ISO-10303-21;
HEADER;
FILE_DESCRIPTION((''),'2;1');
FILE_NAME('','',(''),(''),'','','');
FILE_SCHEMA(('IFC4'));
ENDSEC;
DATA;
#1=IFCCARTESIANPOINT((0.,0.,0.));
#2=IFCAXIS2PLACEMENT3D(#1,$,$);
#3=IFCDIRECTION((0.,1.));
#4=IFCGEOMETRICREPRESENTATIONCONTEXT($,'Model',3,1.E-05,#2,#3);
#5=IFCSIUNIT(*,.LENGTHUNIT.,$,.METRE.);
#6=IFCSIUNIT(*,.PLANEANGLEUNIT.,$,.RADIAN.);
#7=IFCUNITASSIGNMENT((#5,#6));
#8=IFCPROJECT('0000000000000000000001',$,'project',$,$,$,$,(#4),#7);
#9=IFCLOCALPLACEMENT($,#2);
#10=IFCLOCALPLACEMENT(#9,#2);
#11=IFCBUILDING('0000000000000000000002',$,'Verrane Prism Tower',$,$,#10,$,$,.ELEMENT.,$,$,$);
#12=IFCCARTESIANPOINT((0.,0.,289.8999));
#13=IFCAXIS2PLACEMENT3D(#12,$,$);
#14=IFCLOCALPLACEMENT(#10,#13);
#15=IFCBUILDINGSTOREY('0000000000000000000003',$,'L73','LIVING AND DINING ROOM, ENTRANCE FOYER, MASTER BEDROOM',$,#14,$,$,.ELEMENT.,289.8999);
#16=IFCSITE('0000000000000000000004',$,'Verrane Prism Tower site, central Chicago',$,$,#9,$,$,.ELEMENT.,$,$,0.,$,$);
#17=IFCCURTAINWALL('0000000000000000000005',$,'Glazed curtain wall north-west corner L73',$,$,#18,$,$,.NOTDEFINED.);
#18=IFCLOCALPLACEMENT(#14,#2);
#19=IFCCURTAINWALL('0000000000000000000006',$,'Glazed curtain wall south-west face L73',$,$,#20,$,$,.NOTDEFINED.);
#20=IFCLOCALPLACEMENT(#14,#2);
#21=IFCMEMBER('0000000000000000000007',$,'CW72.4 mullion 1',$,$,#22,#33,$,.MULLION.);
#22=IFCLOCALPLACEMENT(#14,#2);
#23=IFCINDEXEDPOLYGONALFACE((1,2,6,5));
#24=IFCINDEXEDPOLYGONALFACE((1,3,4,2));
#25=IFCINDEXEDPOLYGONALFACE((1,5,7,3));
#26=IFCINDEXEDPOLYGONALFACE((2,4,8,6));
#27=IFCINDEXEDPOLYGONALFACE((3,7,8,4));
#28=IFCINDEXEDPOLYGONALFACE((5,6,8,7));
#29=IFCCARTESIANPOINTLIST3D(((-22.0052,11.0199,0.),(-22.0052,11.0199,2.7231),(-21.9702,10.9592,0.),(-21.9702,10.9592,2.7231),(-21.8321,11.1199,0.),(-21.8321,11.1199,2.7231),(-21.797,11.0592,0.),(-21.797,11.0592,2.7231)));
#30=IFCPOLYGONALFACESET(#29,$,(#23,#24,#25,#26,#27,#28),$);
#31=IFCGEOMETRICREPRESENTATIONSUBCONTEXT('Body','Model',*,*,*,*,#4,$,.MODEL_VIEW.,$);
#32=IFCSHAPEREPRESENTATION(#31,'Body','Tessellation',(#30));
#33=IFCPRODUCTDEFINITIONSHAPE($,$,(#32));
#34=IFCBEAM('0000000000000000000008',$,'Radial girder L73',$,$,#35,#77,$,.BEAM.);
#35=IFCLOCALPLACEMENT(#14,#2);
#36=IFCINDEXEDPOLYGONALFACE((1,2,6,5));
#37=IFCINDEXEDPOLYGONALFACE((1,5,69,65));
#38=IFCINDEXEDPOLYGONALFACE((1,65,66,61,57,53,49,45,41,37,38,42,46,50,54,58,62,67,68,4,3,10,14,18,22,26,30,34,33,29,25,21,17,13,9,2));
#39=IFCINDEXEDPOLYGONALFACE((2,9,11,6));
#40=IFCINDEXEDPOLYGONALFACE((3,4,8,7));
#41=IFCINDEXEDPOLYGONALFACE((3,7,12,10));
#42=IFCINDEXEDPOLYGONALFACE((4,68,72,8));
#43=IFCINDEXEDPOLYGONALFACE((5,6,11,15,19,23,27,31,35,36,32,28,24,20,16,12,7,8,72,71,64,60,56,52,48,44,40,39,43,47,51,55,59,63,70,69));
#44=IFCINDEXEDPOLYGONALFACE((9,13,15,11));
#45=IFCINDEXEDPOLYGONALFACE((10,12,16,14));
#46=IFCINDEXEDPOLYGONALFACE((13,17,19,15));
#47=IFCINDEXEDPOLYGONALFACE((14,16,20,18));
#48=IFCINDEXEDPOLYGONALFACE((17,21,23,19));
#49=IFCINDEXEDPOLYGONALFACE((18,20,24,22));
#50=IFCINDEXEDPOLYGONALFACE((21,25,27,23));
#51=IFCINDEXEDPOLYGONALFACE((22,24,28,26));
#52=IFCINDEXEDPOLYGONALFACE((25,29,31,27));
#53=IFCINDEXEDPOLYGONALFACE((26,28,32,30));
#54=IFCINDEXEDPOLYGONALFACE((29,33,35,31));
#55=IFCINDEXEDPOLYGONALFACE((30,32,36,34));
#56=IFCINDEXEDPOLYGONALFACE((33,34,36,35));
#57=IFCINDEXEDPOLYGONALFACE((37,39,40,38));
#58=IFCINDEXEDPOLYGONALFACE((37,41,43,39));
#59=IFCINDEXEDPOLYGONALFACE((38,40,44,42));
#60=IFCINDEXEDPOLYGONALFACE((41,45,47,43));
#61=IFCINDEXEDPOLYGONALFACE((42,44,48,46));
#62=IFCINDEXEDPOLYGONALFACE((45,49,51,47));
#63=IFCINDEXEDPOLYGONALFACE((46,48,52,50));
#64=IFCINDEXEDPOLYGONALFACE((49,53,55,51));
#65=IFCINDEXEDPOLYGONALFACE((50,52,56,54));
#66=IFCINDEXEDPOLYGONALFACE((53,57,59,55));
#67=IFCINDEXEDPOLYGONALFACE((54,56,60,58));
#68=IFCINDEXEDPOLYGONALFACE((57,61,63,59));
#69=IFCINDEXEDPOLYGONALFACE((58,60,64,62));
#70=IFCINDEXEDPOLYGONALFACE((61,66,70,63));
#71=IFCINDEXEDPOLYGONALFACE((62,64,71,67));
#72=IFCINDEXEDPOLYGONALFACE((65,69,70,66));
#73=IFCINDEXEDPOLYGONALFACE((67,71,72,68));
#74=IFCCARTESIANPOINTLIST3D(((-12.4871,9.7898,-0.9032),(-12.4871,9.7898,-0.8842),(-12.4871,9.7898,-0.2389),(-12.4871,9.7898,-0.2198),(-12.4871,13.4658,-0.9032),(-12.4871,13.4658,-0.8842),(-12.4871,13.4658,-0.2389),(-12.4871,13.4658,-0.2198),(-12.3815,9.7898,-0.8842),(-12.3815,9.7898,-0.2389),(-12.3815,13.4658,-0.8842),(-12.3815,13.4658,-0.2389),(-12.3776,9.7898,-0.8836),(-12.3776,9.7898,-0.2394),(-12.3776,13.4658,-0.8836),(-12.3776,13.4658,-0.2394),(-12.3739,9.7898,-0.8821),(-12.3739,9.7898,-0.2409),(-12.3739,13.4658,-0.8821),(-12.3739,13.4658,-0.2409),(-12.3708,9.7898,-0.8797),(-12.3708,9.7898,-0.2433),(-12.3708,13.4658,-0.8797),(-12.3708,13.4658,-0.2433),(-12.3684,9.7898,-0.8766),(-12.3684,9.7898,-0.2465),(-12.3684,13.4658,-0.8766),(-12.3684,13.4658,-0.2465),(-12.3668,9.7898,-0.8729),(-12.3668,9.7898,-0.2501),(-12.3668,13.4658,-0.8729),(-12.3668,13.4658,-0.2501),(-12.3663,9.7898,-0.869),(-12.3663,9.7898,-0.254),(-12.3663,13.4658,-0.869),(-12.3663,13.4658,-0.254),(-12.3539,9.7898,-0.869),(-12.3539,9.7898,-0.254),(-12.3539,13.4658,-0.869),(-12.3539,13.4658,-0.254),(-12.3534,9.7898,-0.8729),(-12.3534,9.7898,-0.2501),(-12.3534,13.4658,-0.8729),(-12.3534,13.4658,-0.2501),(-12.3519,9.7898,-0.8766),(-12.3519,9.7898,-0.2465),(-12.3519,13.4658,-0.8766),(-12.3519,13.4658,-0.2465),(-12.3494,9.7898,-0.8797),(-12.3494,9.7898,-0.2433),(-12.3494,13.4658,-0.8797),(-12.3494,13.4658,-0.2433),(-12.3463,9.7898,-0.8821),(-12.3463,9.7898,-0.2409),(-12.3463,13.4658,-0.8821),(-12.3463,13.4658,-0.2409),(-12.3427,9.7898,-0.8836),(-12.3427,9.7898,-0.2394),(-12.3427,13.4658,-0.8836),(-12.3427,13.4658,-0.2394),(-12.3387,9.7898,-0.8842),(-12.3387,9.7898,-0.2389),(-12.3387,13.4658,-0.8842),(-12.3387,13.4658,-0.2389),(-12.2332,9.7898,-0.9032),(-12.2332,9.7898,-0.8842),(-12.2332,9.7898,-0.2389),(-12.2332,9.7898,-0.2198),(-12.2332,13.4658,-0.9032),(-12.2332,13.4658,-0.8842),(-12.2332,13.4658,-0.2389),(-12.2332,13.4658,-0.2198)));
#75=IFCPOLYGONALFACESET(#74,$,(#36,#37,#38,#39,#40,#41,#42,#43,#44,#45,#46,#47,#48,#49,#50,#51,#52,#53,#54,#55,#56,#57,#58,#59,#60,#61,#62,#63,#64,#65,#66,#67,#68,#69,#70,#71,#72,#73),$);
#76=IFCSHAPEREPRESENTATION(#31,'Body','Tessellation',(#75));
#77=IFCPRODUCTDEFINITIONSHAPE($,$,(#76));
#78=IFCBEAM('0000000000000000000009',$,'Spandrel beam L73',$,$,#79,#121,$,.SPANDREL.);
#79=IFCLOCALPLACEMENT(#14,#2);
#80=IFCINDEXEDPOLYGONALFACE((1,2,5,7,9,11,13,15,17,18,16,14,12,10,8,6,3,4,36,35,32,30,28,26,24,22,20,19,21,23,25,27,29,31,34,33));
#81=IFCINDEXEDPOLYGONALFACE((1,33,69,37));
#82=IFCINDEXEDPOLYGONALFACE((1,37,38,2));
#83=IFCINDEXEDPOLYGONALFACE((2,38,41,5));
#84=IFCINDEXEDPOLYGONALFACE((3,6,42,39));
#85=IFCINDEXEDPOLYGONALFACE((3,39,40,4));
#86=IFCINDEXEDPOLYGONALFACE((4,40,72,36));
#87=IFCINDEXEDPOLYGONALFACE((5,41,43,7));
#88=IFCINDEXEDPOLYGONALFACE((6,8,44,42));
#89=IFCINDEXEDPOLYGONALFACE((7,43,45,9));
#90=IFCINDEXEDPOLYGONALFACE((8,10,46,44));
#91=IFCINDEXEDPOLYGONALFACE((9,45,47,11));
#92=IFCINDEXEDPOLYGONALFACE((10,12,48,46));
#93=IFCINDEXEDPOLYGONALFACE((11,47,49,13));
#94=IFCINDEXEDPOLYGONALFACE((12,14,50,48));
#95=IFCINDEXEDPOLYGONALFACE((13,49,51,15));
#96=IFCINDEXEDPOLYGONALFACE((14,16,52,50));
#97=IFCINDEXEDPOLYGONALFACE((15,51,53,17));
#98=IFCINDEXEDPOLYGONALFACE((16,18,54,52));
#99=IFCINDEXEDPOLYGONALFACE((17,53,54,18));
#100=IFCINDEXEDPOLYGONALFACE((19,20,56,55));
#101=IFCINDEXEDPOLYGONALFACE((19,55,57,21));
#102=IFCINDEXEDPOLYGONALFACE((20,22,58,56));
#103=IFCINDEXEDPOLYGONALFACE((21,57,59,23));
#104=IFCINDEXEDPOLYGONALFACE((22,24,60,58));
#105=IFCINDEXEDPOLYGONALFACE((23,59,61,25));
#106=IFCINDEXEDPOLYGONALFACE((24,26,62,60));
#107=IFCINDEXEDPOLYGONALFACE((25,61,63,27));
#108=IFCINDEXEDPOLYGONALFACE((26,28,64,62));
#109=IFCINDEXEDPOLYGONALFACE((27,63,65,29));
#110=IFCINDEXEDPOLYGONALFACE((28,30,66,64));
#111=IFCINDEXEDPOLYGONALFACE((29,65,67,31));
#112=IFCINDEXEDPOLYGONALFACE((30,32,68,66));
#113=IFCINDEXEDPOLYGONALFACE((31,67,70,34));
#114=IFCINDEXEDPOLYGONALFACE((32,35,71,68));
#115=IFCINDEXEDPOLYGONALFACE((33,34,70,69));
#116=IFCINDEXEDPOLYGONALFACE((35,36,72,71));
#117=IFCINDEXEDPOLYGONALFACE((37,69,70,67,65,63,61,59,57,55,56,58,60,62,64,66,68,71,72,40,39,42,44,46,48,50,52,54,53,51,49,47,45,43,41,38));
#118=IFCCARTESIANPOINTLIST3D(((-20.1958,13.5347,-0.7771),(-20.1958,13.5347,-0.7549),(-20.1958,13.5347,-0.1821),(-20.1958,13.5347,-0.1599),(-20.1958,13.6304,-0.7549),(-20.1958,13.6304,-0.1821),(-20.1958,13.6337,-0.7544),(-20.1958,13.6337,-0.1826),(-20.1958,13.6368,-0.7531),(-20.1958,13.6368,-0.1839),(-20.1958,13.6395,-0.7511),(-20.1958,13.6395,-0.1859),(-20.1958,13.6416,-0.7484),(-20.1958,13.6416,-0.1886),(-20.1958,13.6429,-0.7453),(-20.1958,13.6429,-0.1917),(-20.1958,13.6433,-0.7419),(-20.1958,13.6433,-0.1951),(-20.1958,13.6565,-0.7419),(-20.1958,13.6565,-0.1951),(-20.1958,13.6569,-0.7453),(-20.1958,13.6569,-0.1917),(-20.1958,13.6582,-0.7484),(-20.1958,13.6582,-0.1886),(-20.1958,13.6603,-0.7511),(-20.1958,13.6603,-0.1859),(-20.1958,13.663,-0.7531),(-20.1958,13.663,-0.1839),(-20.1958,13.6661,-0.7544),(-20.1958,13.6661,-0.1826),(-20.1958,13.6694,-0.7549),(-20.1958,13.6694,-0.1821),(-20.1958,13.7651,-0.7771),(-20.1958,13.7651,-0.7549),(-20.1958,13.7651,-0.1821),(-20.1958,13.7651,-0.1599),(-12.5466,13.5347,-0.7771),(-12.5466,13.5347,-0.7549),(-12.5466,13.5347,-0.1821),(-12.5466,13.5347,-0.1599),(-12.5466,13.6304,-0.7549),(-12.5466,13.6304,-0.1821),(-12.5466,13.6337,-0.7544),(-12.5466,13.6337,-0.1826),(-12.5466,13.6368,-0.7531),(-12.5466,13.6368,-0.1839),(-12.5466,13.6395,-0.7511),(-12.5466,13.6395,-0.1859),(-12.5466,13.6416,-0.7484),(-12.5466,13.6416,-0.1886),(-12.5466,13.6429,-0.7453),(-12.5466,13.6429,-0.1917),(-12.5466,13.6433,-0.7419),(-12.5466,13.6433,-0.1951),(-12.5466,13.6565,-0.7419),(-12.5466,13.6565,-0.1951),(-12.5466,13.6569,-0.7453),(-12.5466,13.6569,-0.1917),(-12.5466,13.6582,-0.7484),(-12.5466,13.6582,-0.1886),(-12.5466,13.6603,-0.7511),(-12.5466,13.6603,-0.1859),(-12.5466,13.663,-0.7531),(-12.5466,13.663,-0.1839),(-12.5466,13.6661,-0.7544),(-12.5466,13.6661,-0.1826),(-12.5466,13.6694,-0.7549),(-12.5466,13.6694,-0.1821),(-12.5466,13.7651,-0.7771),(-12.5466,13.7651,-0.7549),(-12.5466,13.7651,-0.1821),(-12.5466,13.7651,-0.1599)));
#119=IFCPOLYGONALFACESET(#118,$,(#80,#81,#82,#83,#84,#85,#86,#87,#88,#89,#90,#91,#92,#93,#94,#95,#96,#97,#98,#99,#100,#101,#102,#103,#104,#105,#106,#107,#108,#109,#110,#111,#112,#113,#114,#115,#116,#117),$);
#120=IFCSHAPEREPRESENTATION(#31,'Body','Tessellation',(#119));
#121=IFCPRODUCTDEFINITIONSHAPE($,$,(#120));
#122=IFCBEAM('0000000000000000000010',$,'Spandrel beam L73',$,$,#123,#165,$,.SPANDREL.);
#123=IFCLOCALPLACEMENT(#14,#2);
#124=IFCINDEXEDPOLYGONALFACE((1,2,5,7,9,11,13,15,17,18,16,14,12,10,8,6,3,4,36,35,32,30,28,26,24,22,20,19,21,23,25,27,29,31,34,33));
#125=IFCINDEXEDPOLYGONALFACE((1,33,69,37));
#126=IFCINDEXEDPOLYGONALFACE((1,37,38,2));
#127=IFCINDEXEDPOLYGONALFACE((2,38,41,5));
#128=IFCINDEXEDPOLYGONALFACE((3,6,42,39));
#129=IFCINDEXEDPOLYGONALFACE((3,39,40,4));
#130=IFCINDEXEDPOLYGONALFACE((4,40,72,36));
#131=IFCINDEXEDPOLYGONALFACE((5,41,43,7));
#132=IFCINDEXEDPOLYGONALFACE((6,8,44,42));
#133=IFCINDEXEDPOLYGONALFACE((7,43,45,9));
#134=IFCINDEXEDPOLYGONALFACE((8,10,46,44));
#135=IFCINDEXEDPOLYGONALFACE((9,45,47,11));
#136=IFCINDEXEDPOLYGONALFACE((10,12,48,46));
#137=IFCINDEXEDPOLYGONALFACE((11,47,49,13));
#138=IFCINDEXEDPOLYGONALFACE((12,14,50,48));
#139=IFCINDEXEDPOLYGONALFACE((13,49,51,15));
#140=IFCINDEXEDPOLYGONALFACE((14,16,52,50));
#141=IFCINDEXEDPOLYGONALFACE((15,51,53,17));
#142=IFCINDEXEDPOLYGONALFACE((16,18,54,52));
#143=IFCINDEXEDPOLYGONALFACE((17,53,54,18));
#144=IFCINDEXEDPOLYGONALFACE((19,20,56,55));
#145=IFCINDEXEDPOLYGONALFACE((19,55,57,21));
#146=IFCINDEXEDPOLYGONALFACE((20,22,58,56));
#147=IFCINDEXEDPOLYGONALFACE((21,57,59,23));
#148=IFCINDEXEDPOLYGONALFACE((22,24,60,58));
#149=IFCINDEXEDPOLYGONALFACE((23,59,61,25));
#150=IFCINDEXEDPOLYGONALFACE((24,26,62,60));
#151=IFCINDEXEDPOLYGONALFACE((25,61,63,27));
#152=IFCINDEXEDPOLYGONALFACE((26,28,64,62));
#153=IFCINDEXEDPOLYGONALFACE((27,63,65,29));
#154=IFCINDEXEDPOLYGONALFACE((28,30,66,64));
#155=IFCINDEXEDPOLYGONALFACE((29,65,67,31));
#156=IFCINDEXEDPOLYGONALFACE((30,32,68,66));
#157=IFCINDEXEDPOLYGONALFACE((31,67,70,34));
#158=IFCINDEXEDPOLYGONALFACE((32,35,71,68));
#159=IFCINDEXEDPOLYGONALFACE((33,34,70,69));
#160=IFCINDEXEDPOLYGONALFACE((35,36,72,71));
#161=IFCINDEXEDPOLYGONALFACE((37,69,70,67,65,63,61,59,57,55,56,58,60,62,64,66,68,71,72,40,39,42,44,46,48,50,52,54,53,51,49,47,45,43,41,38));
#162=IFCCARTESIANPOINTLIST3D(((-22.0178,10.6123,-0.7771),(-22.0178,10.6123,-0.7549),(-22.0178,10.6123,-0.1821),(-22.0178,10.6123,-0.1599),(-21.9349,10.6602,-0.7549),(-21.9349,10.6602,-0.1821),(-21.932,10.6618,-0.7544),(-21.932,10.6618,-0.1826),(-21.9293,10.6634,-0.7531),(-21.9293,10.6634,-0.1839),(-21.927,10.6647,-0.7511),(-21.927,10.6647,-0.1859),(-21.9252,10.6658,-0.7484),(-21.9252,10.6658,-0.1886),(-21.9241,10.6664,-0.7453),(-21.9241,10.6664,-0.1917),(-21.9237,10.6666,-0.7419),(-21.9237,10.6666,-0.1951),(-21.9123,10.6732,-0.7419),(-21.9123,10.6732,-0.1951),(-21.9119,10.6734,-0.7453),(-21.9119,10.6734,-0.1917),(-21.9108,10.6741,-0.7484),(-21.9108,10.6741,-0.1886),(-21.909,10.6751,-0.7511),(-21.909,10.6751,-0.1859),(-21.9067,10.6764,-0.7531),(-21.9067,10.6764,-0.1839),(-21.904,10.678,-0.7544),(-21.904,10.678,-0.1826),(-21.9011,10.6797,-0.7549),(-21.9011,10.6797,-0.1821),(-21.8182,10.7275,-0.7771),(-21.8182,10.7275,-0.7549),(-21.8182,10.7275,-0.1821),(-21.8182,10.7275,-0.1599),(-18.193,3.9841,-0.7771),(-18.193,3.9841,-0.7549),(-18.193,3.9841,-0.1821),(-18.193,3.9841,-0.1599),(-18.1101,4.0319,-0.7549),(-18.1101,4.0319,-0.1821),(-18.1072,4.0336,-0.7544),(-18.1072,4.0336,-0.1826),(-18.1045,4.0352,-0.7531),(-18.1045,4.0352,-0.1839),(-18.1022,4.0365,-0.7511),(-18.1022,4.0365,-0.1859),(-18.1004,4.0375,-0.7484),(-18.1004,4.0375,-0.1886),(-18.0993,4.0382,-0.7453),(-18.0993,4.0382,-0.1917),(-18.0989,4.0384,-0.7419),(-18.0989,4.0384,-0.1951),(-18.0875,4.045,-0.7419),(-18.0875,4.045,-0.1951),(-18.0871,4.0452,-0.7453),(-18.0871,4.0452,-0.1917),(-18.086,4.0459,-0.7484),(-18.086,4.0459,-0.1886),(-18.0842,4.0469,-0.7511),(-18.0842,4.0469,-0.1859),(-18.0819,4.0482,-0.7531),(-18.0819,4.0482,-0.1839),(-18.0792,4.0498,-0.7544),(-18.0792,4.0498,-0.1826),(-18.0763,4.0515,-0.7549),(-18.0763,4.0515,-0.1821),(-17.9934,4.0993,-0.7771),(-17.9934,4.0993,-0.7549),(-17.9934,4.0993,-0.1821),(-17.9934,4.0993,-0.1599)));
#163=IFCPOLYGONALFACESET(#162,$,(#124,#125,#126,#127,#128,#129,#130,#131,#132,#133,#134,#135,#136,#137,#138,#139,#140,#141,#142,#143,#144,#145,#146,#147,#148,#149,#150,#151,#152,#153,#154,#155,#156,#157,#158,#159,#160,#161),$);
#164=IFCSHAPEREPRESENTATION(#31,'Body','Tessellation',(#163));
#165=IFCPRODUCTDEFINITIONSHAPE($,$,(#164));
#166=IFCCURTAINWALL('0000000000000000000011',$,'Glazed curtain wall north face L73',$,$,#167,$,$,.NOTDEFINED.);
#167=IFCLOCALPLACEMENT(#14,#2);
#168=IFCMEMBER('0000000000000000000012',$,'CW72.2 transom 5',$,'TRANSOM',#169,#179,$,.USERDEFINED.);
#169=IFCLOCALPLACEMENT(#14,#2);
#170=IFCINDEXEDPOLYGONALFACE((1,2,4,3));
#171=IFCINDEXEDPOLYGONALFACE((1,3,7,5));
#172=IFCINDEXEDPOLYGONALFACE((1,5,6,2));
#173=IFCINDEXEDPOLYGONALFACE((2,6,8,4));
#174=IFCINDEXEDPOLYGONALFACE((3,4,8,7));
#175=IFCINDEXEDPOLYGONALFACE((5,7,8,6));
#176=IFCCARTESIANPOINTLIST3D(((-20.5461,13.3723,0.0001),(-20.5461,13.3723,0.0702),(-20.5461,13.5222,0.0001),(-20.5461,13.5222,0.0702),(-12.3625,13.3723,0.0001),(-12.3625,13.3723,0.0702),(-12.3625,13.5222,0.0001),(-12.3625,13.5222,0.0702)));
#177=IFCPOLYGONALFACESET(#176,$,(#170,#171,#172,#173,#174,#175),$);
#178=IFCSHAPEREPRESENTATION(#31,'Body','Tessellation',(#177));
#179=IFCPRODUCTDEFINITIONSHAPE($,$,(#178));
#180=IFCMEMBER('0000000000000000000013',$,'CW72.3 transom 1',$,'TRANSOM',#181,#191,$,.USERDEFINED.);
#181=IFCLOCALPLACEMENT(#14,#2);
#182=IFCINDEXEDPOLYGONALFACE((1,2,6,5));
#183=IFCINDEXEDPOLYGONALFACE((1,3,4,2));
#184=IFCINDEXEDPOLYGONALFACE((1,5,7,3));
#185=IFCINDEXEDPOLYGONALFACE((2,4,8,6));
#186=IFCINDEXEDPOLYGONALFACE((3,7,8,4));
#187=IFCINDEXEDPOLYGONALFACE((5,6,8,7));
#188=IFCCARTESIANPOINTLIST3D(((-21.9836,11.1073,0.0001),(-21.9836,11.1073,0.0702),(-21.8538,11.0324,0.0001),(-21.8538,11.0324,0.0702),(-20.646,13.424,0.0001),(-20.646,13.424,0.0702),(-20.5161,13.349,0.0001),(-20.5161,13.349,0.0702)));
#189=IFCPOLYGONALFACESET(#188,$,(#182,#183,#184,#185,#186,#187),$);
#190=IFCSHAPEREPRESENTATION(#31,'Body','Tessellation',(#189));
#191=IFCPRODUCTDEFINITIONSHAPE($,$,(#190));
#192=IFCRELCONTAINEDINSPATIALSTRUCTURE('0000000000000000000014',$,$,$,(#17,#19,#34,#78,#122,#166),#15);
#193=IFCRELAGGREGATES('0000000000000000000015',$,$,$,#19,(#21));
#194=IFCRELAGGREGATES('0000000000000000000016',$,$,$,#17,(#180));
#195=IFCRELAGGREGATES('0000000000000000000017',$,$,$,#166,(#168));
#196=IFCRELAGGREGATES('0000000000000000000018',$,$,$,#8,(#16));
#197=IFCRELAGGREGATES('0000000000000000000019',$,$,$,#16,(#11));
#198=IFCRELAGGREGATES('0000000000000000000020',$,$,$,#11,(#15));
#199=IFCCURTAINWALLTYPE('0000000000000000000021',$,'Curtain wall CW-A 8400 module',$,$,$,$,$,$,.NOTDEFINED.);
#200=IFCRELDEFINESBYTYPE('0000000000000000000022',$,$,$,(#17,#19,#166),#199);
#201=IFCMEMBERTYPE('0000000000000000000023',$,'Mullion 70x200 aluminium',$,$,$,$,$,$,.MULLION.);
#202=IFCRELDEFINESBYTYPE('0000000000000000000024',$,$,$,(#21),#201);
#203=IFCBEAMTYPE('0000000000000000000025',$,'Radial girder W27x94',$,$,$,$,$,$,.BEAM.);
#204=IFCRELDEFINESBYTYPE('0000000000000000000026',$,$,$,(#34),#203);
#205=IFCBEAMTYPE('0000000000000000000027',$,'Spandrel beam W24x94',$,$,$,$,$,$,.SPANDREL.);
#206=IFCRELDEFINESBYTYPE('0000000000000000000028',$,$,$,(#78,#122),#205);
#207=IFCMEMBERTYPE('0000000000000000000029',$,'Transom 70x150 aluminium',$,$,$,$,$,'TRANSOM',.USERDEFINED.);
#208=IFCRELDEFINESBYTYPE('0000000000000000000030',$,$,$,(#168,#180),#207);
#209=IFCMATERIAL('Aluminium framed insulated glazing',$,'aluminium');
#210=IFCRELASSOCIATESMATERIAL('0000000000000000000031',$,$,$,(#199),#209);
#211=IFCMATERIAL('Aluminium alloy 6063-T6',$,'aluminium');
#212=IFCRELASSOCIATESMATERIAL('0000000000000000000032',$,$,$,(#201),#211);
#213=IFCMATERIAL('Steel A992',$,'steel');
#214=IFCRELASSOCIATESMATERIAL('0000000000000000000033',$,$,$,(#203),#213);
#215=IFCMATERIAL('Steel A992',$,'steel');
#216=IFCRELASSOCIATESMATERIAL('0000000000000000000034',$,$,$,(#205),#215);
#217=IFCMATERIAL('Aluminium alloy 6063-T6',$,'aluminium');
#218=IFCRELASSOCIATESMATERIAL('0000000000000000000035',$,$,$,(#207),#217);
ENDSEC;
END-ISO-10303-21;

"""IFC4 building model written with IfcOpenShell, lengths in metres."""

from ifc_helpers import new_model, si_unit, direction, frame, origin, origin_2d, place, context, subcontext, project, spatial, rectangle, i_section, extrude, material, material_profile, profile_set, type_object, element, aggregate, save


model = new_model("IFC4")

# Units and contexts
model_context = context("Model", 3, precision=1e-05, world=origin(), true_north=direction((0.0, 1.0)))
body_context = subcontext(model_context, "Body", "Model", "MODEL_VIEW")
ifc_project = project(units=[si_unit("LENGTHUNIT", "METRE"), si_unit("PLANEANGLEUNIT", "RADIAN")], contexts=[model_context])

# Site, building, storey
site_placement = place(None, origin())
site = spatial("IfcSite", under=ifc_project, at=site_placement, Name="Verrane Prism Tower site, central Chicago", CompositionType="ELEMENT", RefElevation=0.0)
building_placement = place(site_placement, origin())
building = spatial("IfcBuilding", under=site, at=building_placement, Name="Verrane Prism Tower", CompositionType="ELEMENT")
storey_placement = place(building_placement, frame((0.0, 0.0, 289.8999)))
storey = spatial("IfcBuildingStorey", under=building, at=storey_placement, Name="L73", Description="LIVING AND DINING ROOM, ENTRANCE FOYER, MASTER BEDROOM", CompositionType="ELEMENT", Elevation=289.8999)

# Curtain walls, member
ifc_material_1 = material(Name="Aluminium framed insulated glazing", Category="aluminium")
curtain_wall_type = type_object("IfcCurtainWallType", Name="Curtain wall CW-A 8400 module", PredefinedType="NOTDEFINED", material=ifc_material_1)
curtain_wall_1_placement = place(storey_placement, origin())
curtain_wall_1 = element("IfcCurtainWall", 1, at=curtain_wall_1_placement, inside=storey, type_object=curtain_wall_type, Name="Glazed curtain wall north-west corner L73", PredefinedType="NOTDEFINED")
ifc_material_2 = material(Name="Aluminium alloy 6063-T6", Category="aluminium")
ifc_material_profile_1 = material_profile(ifc_material_2, rectangle(XDim=0.2, YDim=0.0701, at=origin_2d()), Name="Mullion 70x200 aluminium")
ifc_profile_set_1 = profile_set([ifc_material_profile_1], Name="Aluminium alloy 6063-T6")
member_type_1 = type_object("IfcMemberType", Name="Mullion 70x200 aluminium", PredefinedType="MULLION", material=ifc_profile_set_1)
curtain_wall_2_placement = place(storey_placement, origin())
curtain_wall_2 = element("IfcCurtainWall", 2, at=curtain_wall_2_placement, inside=storey, type_object=curtain_wall_type, Name="Glazed curtain wall south-west face L73", PredefinedType="NOTDEFINED")
member_1_placement = place(storey_placement, frame((-21.9011, 11.0396, 0.0), z_axis=(0.0, 0.0, 1.0), x_axis=(0.866025, 0.500001, 0.0)))
member_1 = element("IfcMember", 3, at=member_1_placement, type_object=member_type_1, Name="CW72.4 mullion 1", PredefinedType="MULLION", context=body_context, shape_type="SweptSolid", body=[
    extrude(rectangle(XDim=0.2, YDim=0.0701, at=origin_2d()), origin(), (0.0, 0.0, 1.0), 2.7231),
])

# Beams
ifc_material_3 = material(Name="Steel A992", Category="steel")
ifc_material_profile_2 = material_profile(ifc_material_3, i_section(OverallWidth=0.2539, OverallDepth=0.6833, WebThickness=0.0125, FlangeThickness=0.019, FilletRadius=0.0151, at=origin_2d()), Name="W27x94")
ifc_profile_set_2 = profile_set([ifc_material_profile_2], Name="Steel A992")
beam_type_1 = type_object("IfcBeamType", Name="Radial girder W27x94", PredefinedType="BEAM", material=ifc_profile_set_2)
beam_1_placement = place(storey_placement, frame((-12.3601, 13.4658, -0.5615), z_axis=(0.0, -1.0, 0.0), x_axis=(1.0, 0.0, 0.0)))
element("IfcBeam", 4, at=beam_1_placement, inside=storey, type_object=beam_type_1, Name="Radial girder L73", PredefinedType="BEAM", context=body_context, shape_type="SweptSolid", body=[
    extrude(i_section(OverallWidth=0.2539, OverallDepth=0.6833, WebThickness=0.0125, FlangeThickness=0.019, FilletRadius=0.0151, at=origin_2d()), origin(), (0.0, 0.0, 1.0), 3.676),
])
ifc_material_4 = material(Name="Steel A992", Category="steel")
ifc_material_profile_3 = material_profile(ifc_material_4, i_section(OverallWidth=0.2305, OverallDepth=0.6172, WebThickness=0.0132, FlangeThickness=0.0222, FilletRadius=0.0129, at=origin_2d()), Name="W24x94")
ifc_profile_set_3 = profile_set([ifc_material_profile_3], Name="Steel A992")
beam_type_2 = type_object("IfcBeamType", Name="Spandrel beam W24x94", PredefinedType="SPANDREL", material=ifc_profile_set_3)
beam_2_placement = place(storey_placement, frame((-12.5466, 13.6499, -0.4685), z_axis=(-1.0, 0.0, 0.0), x_axis=(0.0, -1.0, 0.0)))
element("IfcBeam", 5, at=beam_2_placement, inside=storey, type_object=beam_type_2, Name="Spandrel beam L73", PredefinedType="SPANDREL", context=body_context, shape_type="SweptSolid", body=[
    extrude(i_section(OverallWidth=0.2305, OverallDepth=0.6172, WebThickness=0.0132, FlangeThickness=0.0222, FilletRadius=0.0129, at=origin_2d()), origin(), (0.0, 0.0, 1.0), 7.6492),
])
beam_3_placement = place(storey_placement, frame((-21.918, 10.6699, -0.4685), z_axis=(0.499797, -0.866143, 0.0), x_axis=(0.866143, 0.499797, 0.0)))
element("IfcBeam", 6, at=beam_3_placement, inside=storey, type_object=beam_type_2, Name="Spandrel beam L73", PredefinedType="SPANDREL", context=body_context, shape_type="SweptSolid", body=[
    extrude(i_section(OverallWidth=0.2305, OverallDepth=0.6172, WebThickness=0.0132, FlangeThickness=0.0222, FilletRadius=0.0129, at=origin_2d()), origin(), (0.0, 0.0, 1.0), 7.6526),
])

# Curtain wall, member
curtain_wall_3_placement = place(storey_placement, origin())
curtain_wall_3 = element("IfcCurtainWall", 7, at=curtain_wall_3_placement, inside=storey, type_object=curtain_wall_type, Name="Glazed curtain wall north face L73", PredefinedType="NOTDEFINED")
ifc_material_5 = material(Name="Aluminium alloy 6063-T6", Category="aluminium")
ifc_material_profile_4 = material_profile(ifc_material_5, rectangle(XDim=0.1499, YDim=0.0701, at=origin_2d()), Name="Transom 70x150 aluminium")
ifc_profile_set_4 = profile_set([ifc_material_profile_4], Name="Aluminium alloy 6063-T6")
member_type_2 = type_object("IfcMemberType", Name="Transom 70x150 aluminium", ElementType="TRANSOM", PredefinedType="USERDEFINED", material=ifc_profile_set_4)
member_2_placement = place(storey_placement, frame((-12.3625, 13.4473, 0.0352), z_axis=(-1.0, 0.0, 0.0), x_axis=(0.0, -1.0, 0.0)))
member_2 = element("IfcMember", 8, at=member_2_placement, type_object=member_type_2, Name="CW72.2 transom 5", ObjectType="TRANSOM", PredefinedType="USERDEFINED", context=body_context, shape_type="SweptSolid", body=[
    extrude(rectangle(XDim=0.1499, YDim=0.0701, at=origin_2d()), origin(), (0.0, 0.0, 1.0), 8.1836),
])

# Member
member_3_placement = place(storey_placement, frame((-20.5811, 13.3865, 0.0352), z_axis=(-0.500036, -0.866005, 0.0), x_axis=(0.866005, -0.500036, 0.0)))
member_3 = element("IfcMember", 9, at=member_3_placement, type_object=member_type_2, Name="CW72.3 transom 1", ObjectType="TRANSOM", PredefinedType="USERDEFINED", context=body_context, shape_type="SweptSolid", body=[
    extrude(rectangle(XDim=0.1499, YDim=0.0701, at=origin_2d()), origin(), (0.0, 0.0, 1.0), 2.675),
])
aggregate(curtain_wall_2, [member_1])

aggregate(curtain_wall_1, [member_3])
aggregate(curtain_wall_3, [member_2])

save(model, "model.ifc")
